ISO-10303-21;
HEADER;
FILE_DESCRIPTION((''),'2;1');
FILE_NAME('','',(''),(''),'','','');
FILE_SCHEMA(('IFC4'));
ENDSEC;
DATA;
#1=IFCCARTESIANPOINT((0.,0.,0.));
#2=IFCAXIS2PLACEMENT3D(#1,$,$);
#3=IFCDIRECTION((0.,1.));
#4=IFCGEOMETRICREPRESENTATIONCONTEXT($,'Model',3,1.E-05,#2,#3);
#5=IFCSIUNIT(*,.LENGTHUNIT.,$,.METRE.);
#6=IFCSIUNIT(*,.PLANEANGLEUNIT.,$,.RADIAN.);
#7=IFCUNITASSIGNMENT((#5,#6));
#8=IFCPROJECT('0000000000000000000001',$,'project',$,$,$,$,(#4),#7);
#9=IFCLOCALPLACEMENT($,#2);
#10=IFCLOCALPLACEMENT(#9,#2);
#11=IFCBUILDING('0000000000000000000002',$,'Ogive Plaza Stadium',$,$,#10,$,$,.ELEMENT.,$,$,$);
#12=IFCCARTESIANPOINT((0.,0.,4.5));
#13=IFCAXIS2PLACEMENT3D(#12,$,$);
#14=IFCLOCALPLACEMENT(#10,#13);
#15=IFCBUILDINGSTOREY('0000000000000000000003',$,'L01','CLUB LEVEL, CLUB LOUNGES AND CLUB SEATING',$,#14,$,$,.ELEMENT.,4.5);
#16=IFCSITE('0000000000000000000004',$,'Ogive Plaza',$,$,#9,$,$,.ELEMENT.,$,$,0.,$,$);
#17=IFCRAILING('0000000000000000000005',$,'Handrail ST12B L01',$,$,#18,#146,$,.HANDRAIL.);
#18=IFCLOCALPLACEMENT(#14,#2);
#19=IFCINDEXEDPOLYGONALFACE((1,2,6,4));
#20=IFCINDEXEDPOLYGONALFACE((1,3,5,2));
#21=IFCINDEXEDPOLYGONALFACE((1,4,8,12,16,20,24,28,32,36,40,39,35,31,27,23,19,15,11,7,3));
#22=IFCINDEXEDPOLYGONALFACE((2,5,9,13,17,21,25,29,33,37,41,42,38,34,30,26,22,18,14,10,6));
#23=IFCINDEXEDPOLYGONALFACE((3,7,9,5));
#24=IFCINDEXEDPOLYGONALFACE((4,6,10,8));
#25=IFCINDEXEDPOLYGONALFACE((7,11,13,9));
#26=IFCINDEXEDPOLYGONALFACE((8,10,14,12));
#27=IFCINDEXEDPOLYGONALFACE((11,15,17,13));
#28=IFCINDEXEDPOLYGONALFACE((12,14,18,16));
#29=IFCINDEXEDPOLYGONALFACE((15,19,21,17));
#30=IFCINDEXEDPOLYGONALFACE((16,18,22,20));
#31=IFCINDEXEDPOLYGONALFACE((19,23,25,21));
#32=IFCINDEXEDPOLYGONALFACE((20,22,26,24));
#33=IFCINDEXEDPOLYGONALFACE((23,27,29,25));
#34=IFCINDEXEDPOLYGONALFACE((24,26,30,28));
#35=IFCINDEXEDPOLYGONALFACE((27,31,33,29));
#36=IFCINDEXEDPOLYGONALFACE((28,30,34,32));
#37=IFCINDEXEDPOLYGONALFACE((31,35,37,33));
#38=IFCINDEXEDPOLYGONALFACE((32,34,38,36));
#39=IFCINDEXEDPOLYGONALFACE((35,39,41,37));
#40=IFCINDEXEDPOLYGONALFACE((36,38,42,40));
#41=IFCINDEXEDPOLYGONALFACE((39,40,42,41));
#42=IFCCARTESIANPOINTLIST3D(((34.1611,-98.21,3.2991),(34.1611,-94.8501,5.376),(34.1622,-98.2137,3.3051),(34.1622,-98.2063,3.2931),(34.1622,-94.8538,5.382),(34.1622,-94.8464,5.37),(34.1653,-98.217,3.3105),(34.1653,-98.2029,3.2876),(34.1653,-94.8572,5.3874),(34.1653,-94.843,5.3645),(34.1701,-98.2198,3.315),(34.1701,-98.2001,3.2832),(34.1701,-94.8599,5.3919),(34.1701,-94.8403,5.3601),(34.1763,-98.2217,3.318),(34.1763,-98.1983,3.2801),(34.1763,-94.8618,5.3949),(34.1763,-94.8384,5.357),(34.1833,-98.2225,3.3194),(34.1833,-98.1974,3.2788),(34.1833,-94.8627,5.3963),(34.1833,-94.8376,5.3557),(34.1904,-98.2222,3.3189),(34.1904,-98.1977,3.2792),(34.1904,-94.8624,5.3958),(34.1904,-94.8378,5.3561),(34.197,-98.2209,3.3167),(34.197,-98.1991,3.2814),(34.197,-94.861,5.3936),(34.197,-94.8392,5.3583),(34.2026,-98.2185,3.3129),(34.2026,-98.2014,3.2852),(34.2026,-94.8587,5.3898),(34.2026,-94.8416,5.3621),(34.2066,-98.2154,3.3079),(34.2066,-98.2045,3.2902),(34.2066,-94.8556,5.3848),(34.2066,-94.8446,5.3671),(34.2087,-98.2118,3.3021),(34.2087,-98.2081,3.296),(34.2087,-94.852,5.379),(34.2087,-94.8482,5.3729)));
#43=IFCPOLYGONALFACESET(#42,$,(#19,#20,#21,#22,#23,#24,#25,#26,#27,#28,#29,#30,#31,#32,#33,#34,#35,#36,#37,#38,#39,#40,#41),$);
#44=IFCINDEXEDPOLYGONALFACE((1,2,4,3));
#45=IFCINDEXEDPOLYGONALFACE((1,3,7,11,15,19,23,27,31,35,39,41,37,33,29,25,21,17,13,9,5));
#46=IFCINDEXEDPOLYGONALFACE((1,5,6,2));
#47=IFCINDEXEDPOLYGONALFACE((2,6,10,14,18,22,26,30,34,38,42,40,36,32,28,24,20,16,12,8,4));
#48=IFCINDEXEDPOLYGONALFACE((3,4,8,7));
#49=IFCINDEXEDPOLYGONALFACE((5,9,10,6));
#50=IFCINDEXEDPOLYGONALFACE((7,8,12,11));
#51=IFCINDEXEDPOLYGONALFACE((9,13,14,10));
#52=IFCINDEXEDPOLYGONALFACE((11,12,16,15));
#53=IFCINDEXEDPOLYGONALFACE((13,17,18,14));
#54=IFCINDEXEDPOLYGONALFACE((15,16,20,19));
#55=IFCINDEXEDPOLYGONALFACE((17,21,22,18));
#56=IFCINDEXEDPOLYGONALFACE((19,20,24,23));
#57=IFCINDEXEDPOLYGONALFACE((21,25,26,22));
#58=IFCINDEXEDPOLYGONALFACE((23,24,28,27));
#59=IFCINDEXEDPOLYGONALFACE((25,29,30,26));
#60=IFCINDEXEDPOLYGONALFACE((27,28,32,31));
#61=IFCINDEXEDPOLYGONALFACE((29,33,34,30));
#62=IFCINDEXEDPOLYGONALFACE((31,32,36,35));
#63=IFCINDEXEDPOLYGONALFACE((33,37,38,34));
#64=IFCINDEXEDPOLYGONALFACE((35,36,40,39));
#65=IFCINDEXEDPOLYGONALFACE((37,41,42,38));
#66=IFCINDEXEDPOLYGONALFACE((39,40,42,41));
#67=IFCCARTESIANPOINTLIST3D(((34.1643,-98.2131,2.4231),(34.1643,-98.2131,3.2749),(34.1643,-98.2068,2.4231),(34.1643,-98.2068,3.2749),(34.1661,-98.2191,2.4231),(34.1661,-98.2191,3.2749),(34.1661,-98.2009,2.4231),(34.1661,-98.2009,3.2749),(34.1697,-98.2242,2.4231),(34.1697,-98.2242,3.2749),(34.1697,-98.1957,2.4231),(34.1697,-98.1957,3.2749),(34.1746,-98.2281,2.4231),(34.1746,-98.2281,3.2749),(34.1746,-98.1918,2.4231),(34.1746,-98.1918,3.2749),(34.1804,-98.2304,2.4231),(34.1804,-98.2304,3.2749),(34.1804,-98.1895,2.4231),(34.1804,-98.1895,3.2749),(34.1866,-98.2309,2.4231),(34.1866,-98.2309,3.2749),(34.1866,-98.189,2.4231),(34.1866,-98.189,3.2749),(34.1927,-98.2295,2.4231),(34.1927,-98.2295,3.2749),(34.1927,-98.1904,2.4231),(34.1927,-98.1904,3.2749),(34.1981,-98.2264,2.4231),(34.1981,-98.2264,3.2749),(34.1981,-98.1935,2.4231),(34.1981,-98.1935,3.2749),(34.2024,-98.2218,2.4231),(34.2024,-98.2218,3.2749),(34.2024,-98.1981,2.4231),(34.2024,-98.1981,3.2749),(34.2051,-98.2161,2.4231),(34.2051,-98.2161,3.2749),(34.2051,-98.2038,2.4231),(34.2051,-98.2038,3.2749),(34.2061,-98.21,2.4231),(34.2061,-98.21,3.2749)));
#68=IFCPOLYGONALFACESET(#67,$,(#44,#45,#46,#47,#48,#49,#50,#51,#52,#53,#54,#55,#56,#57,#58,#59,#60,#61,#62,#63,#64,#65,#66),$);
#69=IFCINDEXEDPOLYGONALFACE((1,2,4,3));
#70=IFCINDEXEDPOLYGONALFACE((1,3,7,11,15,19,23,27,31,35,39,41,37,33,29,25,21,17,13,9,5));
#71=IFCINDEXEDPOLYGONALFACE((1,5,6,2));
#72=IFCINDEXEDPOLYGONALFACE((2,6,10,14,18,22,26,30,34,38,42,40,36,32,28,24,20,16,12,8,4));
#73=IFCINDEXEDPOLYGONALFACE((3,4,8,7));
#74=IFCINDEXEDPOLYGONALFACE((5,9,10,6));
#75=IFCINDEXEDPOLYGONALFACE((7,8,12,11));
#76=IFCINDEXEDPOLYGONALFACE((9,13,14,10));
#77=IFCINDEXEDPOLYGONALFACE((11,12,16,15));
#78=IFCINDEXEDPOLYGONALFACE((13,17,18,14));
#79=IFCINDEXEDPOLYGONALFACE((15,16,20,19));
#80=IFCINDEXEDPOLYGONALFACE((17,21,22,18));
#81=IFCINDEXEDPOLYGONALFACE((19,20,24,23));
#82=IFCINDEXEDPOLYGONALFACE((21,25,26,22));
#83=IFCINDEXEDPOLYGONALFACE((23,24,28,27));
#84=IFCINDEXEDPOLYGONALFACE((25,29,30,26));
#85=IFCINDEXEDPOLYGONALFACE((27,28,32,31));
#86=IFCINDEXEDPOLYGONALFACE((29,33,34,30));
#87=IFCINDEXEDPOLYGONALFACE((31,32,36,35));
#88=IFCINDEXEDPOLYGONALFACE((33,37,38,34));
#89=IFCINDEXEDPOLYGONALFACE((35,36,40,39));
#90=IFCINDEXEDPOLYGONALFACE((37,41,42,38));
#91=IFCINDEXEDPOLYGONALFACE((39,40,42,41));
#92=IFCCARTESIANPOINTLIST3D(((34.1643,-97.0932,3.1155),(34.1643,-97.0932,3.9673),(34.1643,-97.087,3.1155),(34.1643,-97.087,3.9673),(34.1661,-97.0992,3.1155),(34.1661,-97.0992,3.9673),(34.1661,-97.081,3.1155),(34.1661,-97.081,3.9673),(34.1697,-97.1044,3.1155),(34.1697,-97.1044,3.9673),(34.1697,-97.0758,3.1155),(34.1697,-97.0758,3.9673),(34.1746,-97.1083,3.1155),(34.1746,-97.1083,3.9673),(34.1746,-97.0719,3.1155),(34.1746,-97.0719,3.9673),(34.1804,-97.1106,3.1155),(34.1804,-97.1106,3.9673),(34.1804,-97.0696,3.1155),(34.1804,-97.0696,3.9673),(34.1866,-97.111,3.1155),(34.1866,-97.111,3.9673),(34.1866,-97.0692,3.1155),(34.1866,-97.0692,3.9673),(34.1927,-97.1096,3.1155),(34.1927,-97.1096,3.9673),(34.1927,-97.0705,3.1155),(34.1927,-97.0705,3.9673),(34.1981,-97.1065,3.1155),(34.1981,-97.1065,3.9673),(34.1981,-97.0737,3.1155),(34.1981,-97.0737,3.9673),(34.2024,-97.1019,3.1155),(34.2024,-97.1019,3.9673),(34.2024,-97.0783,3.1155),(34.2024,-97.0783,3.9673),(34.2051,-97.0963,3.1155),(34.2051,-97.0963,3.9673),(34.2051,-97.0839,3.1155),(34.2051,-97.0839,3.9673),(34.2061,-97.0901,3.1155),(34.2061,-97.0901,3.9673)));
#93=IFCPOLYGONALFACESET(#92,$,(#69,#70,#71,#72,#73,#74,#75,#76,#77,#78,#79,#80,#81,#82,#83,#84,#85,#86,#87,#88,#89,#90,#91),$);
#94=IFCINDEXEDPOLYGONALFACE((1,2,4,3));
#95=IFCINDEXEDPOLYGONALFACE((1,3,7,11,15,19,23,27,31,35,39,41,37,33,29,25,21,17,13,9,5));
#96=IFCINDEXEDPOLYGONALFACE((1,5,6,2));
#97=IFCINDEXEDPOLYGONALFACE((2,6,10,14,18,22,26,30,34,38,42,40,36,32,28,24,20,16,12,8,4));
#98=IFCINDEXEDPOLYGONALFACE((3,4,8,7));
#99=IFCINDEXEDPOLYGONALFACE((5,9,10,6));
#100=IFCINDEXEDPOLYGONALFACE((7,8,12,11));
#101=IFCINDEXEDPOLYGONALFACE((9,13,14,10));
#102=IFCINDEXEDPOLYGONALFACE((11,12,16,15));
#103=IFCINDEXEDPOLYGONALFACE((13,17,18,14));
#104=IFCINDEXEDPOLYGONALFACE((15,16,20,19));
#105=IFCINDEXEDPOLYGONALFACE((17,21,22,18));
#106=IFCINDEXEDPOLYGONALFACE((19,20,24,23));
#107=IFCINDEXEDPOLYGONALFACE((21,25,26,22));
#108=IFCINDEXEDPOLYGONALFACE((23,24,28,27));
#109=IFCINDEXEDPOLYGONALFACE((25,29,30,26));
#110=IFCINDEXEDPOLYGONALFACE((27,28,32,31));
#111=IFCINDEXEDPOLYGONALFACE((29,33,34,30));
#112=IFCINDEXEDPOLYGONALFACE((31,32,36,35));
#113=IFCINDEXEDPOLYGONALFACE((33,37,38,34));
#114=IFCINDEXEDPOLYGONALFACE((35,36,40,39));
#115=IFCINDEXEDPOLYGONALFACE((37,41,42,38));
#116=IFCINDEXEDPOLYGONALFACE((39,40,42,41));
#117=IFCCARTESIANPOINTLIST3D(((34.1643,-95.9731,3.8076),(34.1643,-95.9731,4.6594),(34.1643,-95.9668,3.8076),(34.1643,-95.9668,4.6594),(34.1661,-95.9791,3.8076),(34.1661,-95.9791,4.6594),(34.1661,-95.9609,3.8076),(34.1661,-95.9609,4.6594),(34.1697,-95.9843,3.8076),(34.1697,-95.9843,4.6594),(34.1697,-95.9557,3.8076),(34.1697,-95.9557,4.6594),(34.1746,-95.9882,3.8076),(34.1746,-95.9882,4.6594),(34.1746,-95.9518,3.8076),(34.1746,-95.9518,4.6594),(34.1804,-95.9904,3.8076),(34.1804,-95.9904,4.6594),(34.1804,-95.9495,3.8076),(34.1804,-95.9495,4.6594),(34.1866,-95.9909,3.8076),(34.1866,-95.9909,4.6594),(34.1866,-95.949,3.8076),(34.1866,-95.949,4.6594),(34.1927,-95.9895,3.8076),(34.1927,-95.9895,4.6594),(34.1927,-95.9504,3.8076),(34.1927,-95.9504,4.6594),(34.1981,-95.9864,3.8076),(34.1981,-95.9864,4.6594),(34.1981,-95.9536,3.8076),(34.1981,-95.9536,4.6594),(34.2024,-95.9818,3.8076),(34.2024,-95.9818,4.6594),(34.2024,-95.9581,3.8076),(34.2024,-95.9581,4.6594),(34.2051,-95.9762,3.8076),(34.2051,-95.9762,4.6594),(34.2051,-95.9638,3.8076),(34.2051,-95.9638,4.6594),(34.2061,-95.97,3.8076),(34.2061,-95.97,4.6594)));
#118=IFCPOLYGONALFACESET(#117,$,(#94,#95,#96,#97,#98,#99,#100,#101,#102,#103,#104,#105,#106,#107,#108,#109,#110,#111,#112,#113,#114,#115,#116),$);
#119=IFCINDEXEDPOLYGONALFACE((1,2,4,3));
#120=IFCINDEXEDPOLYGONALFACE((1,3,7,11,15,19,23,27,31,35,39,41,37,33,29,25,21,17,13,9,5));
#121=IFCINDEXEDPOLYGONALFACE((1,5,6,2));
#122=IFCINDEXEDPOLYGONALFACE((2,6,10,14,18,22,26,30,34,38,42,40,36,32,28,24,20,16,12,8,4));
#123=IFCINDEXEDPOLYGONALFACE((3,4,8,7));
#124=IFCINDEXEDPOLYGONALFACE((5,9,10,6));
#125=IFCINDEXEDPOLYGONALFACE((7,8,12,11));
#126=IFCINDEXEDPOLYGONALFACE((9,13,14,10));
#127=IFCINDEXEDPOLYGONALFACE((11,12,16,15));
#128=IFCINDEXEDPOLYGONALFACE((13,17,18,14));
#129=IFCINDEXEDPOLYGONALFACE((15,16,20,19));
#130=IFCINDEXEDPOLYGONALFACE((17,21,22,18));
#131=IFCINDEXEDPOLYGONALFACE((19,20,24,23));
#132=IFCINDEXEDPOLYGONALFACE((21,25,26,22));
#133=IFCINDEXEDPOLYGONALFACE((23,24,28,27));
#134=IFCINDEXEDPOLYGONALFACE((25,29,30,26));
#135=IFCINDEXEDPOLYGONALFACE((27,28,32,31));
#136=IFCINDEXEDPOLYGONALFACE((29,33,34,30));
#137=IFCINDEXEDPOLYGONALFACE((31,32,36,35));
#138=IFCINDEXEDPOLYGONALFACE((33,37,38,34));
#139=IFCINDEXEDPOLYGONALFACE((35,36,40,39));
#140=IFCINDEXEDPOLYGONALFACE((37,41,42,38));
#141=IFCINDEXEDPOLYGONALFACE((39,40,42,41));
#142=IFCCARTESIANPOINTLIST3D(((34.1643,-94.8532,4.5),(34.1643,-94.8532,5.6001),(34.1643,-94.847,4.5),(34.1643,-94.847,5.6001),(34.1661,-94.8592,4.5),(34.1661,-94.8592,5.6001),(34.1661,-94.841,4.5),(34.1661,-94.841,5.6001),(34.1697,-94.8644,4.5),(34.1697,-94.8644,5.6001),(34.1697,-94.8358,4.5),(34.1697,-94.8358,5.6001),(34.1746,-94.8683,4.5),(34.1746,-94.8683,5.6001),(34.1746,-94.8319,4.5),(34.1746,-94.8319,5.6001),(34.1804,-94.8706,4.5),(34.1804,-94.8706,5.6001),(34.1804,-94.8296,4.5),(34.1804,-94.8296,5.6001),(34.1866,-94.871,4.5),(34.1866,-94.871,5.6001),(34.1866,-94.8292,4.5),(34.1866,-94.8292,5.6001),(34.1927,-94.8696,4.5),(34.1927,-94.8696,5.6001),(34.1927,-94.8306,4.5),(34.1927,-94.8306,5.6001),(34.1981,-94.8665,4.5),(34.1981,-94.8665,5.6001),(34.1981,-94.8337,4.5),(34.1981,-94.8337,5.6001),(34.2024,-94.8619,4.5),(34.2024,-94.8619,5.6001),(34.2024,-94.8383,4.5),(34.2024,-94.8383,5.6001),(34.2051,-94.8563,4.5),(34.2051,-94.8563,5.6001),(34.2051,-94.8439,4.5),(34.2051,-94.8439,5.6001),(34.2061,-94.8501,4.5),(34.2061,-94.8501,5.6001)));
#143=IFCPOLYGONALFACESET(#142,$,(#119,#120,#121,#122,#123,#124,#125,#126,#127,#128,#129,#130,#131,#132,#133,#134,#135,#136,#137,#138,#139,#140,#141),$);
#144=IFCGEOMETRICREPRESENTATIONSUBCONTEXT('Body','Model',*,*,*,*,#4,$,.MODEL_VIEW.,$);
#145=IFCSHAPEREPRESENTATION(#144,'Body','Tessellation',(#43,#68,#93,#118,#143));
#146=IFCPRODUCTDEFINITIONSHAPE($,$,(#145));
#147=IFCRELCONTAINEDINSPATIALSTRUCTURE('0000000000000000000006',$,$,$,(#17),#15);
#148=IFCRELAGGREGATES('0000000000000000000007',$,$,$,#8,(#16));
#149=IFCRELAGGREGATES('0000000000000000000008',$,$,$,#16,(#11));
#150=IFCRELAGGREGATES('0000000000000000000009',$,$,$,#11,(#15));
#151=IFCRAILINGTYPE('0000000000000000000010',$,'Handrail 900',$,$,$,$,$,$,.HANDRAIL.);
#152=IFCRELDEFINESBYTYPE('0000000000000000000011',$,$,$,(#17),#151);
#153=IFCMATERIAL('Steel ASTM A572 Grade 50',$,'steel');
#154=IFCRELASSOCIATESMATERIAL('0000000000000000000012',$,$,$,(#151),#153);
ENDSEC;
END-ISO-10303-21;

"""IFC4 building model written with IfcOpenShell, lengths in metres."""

from ifc_helpers import new_model, si_unit, direction, frame, origin, origin_2d, place, context, subcontext, project, spatial, circle, extrude, material, type_object, element, save


model = new_model("IFC4")

# Units and contexts
model_context = context("Model", 3, precision=1e-05, world=origin(), true_north=direction((0.0, 1.0)))
body_context = subcontext(model_context, "Body", "Model", "MODEL_VIEW")
ifc_project = project(units=[si_unit("LENGTHUNIT", "METRE"), si_unit("PLANEANGLEUNIT", "RADIAN")], contexts=[model_context])

# Site, building, storey
site_placement = place(None, origin())
site = spatial("IfcSite", under=ifc_project, at=site_placement, Name="Ogive Plaza", CompositionType="ELEMENT", RefElevation=0.0)
building_placement = place(site_placement, origin())
building = spatial("IfcBuilding", under=site, at=building_placement, Name="Ogive Plaza Stadium", CompositionType="ELEMENT")
storey_placement = place(building_placement, frame((0.0, 0.0, 4.5)))
storey = spatial("IfcBuildingStorey", under=building, at=storey_placement, Name="L01", Description="CLUB LEVEL, CLUB LOUNGES AND CLUB SEATING", CompositionType="ELEMENT", Elevation=4.5)

# Railing
ifc_material_1 = material(Name="Steel ASTM A572 Grade 50", Category="steel")
railing_type_1 = type_object("IfcRailingType", Name="Handrail 900", PredefinedType="HANDRAIL", material=ifc_material_1)
for number, where, name in (
    (1, (34.1851, -98.21, 2.4231), "Handrail ST12B L01"),
):
    element("IfcRailing", number, at=place(storey_placement, frame(where)), inside=storey, type_object=railing_type_1, Name=name, PredefinedType="HANDRAIL", context=body_context, shape_type="SweptSolid", body=[
        extrude(circle(Radius=0.0239, at=origin_2d()), frame((0.0, 0.0, 0.876), z_axis=(0.0, 0.850606, 0.525803), x_axis=(-1.0, 0.0, 0.0)), (0.0, 0.0, 1.0), 3.95),
        extrude(circle(Radius=0.021, at=origin_2d()), origin(), (0.0, 0.0, 1.0), 0.8518),
        extrude(circle(Radius=0.021, at=origin_2d()), frame((0.0, 1.1199, 0.6924)), (0.0, 0.0, 1.0), 0.8518),
        extrude(circle(Radius=0.021, at=origin_2d()), frame((0.0, 2.24, 1.3845)), (0.0, 0.0, 1.0), 0.8518),
        extrude(circle(Radius=0.021, at=origin_2d()), frame((0.0, 3.3599, 2.0769)), (0.0, 0.0, 1.0), 1.1001),
    ])

save(model, "model.ifc")
